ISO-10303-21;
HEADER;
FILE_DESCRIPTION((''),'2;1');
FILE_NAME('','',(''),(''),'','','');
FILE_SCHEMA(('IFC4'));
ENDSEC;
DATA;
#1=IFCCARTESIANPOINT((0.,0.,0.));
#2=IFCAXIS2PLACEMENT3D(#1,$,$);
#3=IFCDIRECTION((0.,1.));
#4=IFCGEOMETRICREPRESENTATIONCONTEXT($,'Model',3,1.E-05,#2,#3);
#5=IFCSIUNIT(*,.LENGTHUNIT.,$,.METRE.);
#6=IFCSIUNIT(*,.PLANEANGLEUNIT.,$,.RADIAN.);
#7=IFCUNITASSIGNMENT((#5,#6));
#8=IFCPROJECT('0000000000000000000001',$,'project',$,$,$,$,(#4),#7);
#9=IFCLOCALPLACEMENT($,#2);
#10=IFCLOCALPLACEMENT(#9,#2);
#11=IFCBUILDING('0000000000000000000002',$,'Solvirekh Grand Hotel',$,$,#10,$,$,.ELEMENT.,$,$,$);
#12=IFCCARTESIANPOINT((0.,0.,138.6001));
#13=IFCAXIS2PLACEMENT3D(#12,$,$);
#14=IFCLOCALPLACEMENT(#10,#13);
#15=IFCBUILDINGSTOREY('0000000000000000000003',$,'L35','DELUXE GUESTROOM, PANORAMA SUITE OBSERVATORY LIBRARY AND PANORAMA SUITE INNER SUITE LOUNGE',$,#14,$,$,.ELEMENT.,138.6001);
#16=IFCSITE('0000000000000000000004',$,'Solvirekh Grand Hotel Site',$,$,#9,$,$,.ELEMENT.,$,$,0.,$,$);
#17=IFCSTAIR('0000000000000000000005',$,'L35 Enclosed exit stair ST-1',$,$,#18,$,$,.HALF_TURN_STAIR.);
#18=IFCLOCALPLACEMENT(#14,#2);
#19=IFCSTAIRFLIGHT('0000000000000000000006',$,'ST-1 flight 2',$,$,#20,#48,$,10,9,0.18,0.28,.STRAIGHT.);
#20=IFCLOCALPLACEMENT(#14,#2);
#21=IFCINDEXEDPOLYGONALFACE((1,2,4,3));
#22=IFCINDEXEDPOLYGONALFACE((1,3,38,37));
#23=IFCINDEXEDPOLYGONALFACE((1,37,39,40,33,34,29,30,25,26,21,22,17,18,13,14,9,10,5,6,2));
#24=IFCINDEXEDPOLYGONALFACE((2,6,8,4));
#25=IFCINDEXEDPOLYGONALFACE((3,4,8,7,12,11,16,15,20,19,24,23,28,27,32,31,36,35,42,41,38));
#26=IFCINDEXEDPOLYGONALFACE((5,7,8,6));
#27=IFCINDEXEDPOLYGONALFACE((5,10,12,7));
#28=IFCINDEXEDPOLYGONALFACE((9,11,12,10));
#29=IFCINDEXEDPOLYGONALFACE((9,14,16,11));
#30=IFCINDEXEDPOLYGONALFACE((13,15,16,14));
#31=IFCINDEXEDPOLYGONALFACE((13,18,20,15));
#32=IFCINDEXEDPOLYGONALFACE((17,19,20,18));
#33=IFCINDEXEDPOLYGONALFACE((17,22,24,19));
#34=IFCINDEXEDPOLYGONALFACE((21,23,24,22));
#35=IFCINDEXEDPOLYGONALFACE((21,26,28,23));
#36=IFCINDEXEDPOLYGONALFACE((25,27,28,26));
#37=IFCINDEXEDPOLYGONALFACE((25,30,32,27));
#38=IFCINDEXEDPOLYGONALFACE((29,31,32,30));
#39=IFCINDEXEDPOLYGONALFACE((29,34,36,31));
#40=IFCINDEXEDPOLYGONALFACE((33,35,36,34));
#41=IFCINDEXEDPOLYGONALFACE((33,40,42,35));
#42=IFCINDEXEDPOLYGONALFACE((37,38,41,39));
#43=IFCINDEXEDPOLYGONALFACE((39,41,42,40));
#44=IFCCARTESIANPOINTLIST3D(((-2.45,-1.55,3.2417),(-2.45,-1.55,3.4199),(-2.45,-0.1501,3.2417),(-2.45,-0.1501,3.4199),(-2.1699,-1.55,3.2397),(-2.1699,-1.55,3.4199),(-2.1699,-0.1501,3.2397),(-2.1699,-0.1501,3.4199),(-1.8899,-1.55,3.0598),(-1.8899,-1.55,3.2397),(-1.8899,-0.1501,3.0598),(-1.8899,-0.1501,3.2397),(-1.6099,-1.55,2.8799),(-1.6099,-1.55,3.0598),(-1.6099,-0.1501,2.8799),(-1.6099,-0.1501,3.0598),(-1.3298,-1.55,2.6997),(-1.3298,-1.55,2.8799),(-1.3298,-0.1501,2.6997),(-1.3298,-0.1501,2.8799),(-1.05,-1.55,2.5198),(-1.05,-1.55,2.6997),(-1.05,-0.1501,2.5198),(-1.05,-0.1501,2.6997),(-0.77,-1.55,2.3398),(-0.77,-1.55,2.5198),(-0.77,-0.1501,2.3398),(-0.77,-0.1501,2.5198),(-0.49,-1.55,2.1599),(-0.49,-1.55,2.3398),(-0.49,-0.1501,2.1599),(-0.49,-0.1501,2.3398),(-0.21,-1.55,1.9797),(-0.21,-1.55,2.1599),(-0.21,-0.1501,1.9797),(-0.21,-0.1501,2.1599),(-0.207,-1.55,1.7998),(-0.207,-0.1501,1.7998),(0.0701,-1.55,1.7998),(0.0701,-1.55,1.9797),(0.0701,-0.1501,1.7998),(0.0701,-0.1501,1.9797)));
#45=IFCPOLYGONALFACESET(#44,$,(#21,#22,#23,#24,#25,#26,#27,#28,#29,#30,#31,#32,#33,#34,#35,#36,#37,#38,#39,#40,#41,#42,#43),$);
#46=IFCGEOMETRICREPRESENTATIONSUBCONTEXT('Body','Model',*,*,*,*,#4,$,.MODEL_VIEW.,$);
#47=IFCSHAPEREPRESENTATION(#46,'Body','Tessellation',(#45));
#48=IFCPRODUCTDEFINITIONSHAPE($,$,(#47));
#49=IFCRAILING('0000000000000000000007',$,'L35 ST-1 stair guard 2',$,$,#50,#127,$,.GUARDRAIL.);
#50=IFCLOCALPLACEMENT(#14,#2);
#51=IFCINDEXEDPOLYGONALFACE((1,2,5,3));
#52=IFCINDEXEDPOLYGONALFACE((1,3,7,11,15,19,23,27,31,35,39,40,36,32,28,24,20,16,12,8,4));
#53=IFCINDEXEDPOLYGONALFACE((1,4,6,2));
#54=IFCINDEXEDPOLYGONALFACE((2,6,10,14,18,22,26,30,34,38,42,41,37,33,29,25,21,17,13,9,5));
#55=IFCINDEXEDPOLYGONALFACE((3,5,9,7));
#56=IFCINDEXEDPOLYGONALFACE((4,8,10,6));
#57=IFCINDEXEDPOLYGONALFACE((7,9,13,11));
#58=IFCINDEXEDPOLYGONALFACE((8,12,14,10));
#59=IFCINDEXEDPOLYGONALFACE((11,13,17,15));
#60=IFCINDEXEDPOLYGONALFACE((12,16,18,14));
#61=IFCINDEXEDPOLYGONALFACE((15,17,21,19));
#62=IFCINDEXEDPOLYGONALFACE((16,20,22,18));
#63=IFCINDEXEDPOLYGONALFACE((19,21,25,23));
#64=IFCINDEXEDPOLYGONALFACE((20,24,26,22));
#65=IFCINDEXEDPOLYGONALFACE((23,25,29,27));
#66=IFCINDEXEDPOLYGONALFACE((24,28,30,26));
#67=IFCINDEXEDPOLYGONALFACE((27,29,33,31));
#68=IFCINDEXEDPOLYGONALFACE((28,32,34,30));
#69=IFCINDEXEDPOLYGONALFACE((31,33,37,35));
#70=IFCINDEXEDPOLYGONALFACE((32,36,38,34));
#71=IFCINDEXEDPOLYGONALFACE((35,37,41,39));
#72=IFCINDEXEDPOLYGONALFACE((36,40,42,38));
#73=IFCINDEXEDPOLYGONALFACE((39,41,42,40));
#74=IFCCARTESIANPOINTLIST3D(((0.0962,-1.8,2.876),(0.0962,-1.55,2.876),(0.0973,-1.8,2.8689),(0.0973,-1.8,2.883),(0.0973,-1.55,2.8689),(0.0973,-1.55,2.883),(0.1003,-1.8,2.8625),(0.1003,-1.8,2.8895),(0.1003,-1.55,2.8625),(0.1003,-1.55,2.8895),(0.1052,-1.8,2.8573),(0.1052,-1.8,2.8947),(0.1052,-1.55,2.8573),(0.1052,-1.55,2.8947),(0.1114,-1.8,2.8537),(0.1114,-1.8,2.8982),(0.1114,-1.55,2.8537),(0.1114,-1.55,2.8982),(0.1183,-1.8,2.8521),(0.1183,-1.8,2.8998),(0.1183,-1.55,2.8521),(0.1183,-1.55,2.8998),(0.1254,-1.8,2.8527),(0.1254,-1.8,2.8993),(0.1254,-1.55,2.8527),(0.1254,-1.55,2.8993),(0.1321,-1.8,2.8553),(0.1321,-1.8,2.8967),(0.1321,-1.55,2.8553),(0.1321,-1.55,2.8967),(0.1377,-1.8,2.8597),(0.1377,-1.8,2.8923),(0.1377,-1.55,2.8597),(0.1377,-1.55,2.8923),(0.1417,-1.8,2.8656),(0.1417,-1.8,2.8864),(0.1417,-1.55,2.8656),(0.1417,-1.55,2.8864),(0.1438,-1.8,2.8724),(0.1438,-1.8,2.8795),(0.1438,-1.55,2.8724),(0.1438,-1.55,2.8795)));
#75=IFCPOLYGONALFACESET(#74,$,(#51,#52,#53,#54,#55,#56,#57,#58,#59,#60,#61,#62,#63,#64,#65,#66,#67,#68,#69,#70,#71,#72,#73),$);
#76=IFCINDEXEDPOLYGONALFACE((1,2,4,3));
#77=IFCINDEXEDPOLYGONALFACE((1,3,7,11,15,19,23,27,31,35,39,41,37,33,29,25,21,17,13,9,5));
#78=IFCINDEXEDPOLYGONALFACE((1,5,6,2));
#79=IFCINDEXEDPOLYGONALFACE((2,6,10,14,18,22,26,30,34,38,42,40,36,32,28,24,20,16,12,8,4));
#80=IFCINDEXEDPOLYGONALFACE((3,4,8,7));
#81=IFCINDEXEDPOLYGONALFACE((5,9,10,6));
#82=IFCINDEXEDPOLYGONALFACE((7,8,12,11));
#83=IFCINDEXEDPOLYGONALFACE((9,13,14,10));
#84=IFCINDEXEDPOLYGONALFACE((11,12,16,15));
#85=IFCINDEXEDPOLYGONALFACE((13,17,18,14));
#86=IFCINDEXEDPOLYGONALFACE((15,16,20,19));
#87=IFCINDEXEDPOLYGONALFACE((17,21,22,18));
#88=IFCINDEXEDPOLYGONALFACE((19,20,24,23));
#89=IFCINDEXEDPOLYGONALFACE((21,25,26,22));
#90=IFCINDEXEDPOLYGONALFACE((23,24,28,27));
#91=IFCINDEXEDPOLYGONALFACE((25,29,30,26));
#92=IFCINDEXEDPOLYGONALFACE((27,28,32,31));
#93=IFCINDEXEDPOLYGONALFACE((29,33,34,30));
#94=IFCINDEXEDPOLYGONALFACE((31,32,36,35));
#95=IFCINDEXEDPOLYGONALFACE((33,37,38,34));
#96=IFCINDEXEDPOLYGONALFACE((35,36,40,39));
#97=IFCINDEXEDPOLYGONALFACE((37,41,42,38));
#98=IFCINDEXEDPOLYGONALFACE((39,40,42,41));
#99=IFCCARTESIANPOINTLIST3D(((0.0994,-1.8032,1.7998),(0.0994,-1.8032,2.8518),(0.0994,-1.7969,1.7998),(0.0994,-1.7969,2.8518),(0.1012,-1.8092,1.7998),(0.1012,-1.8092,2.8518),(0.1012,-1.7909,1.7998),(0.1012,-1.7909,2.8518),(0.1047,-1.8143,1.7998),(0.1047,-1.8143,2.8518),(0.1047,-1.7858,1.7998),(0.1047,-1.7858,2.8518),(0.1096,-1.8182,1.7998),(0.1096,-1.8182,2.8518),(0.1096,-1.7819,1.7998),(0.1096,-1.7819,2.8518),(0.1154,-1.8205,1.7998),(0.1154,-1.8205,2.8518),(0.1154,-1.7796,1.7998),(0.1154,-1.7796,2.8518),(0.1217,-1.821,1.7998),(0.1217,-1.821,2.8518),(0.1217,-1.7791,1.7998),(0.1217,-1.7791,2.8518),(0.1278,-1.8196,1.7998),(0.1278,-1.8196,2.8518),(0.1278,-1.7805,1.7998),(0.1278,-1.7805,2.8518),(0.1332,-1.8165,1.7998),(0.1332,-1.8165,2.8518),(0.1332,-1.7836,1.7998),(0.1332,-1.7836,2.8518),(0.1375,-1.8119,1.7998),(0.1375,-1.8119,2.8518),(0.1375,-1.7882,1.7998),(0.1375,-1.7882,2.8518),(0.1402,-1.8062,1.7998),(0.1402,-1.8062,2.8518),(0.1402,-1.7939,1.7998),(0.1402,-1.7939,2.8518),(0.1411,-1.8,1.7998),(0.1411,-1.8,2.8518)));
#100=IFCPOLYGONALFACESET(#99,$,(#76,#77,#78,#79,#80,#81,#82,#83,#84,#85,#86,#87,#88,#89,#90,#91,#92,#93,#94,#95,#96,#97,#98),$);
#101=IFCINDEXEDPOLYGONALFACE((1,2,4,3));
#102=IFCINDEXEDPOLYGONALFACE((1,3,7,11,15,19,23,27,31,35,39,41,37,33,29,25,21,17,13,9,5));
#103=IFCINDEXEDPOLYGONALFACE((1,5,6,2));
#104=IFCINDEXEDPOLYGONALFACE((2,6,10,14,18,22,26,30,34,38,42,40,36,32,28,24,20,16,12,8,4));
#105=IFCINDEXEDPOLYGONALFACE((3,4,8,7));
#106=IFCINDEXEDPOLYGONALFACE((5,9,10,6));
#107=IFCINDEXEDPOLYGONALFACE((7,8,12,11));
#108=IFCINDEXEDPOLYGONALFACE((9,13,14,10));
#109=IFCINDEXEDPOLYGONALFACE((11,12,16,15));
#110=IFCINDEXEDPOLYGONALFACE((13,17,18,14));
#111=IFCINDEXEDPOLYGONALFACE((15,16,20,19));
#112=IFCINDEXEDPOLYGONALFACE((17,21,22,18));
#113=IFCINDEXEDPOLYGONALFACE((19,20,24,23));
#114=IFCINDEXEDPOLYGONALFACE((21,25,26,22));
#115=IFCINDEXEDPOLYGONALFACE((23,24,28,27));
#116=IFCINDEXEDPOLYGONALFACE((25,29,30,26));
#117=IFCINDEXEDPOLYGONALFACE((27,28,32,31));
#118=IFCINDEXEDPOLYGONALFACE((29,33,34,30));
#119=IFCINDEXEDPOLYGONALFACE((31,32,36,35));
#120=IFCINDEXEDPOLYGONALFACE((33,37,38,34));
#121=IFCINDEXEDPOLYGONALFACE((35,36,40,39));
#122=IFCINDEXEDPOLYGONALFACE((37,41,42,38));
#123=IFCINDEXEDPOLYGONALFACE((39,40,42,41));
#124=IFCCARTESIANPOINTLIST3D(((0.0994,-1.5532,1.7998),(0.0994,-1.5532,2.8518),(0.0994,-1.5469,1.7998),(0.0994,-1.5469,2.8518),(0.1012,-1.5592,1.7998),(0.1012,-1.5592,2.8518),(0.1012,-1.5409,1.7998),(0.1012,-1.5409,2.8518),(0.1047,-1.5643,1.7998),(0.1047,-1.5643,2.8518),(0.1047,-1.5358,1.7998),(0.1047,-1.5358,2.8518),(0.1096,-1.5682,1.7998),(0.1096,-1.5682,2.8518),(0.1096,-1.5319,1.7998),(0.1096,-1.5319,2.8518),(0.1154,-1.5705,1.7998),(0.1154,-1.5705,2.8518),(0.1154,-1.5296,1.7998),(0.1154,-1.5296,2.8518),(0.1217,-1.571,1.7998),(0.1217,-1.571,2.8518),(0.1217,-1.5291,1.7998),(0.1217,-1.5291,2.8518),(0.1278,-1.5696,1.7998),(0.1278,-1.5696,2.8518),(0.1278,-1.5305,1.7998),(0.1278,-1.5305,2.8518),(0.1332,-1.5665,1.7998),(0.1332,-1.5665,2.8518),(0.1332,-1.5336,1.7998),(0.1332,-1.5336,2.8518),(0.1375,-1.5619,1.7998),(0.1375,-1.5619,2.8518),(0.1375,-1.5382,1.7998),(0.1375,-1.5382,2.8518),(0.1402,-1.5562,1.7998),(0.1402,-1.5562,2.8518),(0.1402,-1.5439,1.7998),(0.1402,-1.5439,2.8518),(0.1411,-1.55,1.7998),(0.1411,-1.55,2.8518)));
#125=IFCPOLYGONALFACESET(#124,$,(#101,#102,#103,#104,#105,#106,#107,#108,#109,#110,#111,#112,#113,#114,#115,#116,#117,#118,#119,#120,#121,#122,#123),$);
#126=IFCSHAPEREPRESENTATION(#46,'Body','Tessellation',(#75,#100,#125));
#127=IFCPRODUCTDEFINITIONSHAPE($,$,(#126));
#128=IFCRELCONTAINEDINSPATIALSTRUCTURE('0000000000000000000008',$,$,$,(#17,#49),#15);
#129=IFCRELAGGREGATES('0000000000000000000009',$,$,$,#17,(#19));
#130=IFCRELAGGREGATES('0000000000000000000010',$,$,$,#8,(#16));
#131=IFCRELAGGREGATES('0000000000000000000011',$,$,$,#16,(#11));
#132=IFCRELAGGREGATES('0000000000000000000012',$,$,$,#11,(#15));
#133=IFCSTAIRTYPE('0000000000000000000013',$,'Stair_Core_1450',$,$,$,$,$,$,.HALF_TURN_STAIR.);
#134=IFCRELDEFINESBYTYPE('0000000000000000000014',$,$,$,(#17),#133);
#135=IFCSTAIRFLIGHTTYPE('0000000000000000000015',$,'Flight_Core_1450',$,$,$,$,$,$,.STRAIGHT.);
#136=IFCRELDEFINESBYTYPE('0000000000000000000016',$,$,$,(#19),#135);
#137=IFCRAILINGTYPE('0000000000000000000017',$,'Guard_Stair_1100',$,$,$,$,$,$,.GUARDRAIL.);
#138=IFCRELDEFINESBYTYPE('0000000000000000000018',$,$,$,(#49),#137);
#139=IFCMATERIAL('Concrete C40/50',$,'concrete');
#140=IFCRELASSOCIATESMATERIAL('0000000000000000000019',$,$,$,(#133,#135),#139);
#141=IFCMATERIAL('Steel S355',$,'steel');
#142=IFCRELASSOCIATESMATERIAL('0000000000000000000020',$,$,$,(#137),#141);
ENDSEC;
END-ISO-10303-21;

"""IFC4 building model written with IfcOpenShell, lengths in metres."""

from ifc_helpers import new_model, si_unit, direction, frame, origin, origin_2d, place, context, subcontext, project, spatial, polyline, circle, outline, extrude, material, type_object, element, aggregate, save


model = new_model("IFC4")

# Units and contexts
model_context = context("Model", 3, precision=1e-05, world=origin(), true_north=direction((0.0, 1.0)))
body_context = subcontext(model_context, "Body", "Model", "MODEL_VIEW")
ifc_project = project(units=[si_unit("LENGTHUNIT", "METRE"), si_unit("PLANEANGLEUNIT", "RADIAN")], contexts=[model_context])

# Site, building, storey
site_placement = place(None, origin())
site = spatial("IfcSite", under=ifc_project, at=site_placement, Name="Solvirekh Grand Hotel Site", CompositionType="ELEMENT", RefElevation=0.0)
building_placement = place(site_placement, origin())
building = spatial("IfcBuilding", under=site, at=building_placement, Name="Solvirekh Grand Hotel", CompositionType="ELEMENT")
storey_placement = place(building_placement, frame((0.0, 0.0, 138.6001)))
storey = spatial("IfcBuildingStorey", under=building, at=storey_placement, Name="L35", Description="DELUXE GUESTROOM, PANORAMA SUITE OBSERVATORY LIBRARY AND PANORAMA SUITE INNER SUITE LOUNGE", CompositionType="ELEMENT", Elevation=138.6001)

# Shared definitions
ifc_material_1 = material(Name="Steel S355", Category="steel")

# Shared definitions
ifc_material_2 = material(Name="Concrete C40/50", Category="concrete")

# Stair, stair flight
stair_type = type_object("IfcStairType", Name="Stair_Core_1450", PredefinedType="HALF_TURN_STAIR", material=ifc_material_2)
stair_placement = place(storey_placement, origin())
stair = element("IfcStair", 1, at=stair_placement, inside=storey, type_object=stair_type, Name="L35 Enclosed exit stair ST-1", PredefinedType="HALF_TURN_STAIR")
stair_flight_type = type_object("IfcStairFlightType", Name="Flight_Core_1450", PredefinedType="STRAIGHT", material=ifc_material_2)
stair_flight_placement = place(storey_placement, frame((0.0701, -0.8501, 1.7998), z_axis=(0.0, 0.0, 1.0), x_axis=(-1.0, 0.0, 0.0)))
stair_flight = element("IfcStairFlight", 2, at=stair_flight_placement, type_object=stair_flight_type, Name="ST-1 flight 2", NumberOfRisers=10, NumberOfTreads=9, PredefinedType="STRAIGHT", RiserHeight=0.18, TreadLength=0.28, context=body_context, shape_type="SweptSolid", body=[
    extrude(outline(polyline([(0.0, 0.0), (0.0, 0.1799), (0.28, 0.1799), (0.28, 0.3601), (0.5601, 0.3601), (0.5601, 0.54), (0.8401, 0.54), (0.8401, 0.72), (1.1201, 0.72), (1.1201, 0.8999), (1.3999, 0.8999), (1.3999, 1.0801), (1.6799, 1.0801), (1.6799, 1.26), (1.96, 1.26), (1.96, 1.4399), (2.24, 1.4399), (2.24, 1.6201), (2.52, 1.6201), (2.52, 1.8), (2.52, 1.4419), (0.2771, 0.0), (0.0, 0.0)])), frame((0.0, 0.7, 0.0), z_axis=(0.0, -1.0, 0.0), x_axis=(1.0, 0.0, 0.0)), (0.0, 0.0, 1.0), 1.3999),
])
aggregate(stair, [stair_flight])

# Railing
railing_type = type_object("IfcRailingType", Name="Guard_Stair_1100", PredefinedType="GUARDRAIL", material=ifc_material_1)
railing_1_placement = place(storey_placement, frame((0.1201, -1.8, 1.7998)))
element("IfcRailing", 3, at=railing_1_placement, inside=storey, type_object=railing_type, Name="L35 ST-1 stair guard 2", PredefinedType="GUARDRAIL", context=body_context, shape_type="SweptSolid", body=[
    extrude(circle(Radius=0.0239, at=origin_2d()), frame((0.0, 0.0, 1.0762), z_axis=(0.0, 1.0, 0.0), x_axis=(-1.0, 0.0, 0.0)), (0.0, 0.0, 1.0), 0.25),
    extrude(circle(Radius=0.021, at=origin_2d()), origin(), (0.0, 0.0, 1.0), 1.052),
    extrude(circle(Radius=0.021, at=origin_2d()), frame((0.0, 0.25, 0.0)), (0.0, 0.0, 1.0), 1.052),
])

save(model, "model.ifc")
